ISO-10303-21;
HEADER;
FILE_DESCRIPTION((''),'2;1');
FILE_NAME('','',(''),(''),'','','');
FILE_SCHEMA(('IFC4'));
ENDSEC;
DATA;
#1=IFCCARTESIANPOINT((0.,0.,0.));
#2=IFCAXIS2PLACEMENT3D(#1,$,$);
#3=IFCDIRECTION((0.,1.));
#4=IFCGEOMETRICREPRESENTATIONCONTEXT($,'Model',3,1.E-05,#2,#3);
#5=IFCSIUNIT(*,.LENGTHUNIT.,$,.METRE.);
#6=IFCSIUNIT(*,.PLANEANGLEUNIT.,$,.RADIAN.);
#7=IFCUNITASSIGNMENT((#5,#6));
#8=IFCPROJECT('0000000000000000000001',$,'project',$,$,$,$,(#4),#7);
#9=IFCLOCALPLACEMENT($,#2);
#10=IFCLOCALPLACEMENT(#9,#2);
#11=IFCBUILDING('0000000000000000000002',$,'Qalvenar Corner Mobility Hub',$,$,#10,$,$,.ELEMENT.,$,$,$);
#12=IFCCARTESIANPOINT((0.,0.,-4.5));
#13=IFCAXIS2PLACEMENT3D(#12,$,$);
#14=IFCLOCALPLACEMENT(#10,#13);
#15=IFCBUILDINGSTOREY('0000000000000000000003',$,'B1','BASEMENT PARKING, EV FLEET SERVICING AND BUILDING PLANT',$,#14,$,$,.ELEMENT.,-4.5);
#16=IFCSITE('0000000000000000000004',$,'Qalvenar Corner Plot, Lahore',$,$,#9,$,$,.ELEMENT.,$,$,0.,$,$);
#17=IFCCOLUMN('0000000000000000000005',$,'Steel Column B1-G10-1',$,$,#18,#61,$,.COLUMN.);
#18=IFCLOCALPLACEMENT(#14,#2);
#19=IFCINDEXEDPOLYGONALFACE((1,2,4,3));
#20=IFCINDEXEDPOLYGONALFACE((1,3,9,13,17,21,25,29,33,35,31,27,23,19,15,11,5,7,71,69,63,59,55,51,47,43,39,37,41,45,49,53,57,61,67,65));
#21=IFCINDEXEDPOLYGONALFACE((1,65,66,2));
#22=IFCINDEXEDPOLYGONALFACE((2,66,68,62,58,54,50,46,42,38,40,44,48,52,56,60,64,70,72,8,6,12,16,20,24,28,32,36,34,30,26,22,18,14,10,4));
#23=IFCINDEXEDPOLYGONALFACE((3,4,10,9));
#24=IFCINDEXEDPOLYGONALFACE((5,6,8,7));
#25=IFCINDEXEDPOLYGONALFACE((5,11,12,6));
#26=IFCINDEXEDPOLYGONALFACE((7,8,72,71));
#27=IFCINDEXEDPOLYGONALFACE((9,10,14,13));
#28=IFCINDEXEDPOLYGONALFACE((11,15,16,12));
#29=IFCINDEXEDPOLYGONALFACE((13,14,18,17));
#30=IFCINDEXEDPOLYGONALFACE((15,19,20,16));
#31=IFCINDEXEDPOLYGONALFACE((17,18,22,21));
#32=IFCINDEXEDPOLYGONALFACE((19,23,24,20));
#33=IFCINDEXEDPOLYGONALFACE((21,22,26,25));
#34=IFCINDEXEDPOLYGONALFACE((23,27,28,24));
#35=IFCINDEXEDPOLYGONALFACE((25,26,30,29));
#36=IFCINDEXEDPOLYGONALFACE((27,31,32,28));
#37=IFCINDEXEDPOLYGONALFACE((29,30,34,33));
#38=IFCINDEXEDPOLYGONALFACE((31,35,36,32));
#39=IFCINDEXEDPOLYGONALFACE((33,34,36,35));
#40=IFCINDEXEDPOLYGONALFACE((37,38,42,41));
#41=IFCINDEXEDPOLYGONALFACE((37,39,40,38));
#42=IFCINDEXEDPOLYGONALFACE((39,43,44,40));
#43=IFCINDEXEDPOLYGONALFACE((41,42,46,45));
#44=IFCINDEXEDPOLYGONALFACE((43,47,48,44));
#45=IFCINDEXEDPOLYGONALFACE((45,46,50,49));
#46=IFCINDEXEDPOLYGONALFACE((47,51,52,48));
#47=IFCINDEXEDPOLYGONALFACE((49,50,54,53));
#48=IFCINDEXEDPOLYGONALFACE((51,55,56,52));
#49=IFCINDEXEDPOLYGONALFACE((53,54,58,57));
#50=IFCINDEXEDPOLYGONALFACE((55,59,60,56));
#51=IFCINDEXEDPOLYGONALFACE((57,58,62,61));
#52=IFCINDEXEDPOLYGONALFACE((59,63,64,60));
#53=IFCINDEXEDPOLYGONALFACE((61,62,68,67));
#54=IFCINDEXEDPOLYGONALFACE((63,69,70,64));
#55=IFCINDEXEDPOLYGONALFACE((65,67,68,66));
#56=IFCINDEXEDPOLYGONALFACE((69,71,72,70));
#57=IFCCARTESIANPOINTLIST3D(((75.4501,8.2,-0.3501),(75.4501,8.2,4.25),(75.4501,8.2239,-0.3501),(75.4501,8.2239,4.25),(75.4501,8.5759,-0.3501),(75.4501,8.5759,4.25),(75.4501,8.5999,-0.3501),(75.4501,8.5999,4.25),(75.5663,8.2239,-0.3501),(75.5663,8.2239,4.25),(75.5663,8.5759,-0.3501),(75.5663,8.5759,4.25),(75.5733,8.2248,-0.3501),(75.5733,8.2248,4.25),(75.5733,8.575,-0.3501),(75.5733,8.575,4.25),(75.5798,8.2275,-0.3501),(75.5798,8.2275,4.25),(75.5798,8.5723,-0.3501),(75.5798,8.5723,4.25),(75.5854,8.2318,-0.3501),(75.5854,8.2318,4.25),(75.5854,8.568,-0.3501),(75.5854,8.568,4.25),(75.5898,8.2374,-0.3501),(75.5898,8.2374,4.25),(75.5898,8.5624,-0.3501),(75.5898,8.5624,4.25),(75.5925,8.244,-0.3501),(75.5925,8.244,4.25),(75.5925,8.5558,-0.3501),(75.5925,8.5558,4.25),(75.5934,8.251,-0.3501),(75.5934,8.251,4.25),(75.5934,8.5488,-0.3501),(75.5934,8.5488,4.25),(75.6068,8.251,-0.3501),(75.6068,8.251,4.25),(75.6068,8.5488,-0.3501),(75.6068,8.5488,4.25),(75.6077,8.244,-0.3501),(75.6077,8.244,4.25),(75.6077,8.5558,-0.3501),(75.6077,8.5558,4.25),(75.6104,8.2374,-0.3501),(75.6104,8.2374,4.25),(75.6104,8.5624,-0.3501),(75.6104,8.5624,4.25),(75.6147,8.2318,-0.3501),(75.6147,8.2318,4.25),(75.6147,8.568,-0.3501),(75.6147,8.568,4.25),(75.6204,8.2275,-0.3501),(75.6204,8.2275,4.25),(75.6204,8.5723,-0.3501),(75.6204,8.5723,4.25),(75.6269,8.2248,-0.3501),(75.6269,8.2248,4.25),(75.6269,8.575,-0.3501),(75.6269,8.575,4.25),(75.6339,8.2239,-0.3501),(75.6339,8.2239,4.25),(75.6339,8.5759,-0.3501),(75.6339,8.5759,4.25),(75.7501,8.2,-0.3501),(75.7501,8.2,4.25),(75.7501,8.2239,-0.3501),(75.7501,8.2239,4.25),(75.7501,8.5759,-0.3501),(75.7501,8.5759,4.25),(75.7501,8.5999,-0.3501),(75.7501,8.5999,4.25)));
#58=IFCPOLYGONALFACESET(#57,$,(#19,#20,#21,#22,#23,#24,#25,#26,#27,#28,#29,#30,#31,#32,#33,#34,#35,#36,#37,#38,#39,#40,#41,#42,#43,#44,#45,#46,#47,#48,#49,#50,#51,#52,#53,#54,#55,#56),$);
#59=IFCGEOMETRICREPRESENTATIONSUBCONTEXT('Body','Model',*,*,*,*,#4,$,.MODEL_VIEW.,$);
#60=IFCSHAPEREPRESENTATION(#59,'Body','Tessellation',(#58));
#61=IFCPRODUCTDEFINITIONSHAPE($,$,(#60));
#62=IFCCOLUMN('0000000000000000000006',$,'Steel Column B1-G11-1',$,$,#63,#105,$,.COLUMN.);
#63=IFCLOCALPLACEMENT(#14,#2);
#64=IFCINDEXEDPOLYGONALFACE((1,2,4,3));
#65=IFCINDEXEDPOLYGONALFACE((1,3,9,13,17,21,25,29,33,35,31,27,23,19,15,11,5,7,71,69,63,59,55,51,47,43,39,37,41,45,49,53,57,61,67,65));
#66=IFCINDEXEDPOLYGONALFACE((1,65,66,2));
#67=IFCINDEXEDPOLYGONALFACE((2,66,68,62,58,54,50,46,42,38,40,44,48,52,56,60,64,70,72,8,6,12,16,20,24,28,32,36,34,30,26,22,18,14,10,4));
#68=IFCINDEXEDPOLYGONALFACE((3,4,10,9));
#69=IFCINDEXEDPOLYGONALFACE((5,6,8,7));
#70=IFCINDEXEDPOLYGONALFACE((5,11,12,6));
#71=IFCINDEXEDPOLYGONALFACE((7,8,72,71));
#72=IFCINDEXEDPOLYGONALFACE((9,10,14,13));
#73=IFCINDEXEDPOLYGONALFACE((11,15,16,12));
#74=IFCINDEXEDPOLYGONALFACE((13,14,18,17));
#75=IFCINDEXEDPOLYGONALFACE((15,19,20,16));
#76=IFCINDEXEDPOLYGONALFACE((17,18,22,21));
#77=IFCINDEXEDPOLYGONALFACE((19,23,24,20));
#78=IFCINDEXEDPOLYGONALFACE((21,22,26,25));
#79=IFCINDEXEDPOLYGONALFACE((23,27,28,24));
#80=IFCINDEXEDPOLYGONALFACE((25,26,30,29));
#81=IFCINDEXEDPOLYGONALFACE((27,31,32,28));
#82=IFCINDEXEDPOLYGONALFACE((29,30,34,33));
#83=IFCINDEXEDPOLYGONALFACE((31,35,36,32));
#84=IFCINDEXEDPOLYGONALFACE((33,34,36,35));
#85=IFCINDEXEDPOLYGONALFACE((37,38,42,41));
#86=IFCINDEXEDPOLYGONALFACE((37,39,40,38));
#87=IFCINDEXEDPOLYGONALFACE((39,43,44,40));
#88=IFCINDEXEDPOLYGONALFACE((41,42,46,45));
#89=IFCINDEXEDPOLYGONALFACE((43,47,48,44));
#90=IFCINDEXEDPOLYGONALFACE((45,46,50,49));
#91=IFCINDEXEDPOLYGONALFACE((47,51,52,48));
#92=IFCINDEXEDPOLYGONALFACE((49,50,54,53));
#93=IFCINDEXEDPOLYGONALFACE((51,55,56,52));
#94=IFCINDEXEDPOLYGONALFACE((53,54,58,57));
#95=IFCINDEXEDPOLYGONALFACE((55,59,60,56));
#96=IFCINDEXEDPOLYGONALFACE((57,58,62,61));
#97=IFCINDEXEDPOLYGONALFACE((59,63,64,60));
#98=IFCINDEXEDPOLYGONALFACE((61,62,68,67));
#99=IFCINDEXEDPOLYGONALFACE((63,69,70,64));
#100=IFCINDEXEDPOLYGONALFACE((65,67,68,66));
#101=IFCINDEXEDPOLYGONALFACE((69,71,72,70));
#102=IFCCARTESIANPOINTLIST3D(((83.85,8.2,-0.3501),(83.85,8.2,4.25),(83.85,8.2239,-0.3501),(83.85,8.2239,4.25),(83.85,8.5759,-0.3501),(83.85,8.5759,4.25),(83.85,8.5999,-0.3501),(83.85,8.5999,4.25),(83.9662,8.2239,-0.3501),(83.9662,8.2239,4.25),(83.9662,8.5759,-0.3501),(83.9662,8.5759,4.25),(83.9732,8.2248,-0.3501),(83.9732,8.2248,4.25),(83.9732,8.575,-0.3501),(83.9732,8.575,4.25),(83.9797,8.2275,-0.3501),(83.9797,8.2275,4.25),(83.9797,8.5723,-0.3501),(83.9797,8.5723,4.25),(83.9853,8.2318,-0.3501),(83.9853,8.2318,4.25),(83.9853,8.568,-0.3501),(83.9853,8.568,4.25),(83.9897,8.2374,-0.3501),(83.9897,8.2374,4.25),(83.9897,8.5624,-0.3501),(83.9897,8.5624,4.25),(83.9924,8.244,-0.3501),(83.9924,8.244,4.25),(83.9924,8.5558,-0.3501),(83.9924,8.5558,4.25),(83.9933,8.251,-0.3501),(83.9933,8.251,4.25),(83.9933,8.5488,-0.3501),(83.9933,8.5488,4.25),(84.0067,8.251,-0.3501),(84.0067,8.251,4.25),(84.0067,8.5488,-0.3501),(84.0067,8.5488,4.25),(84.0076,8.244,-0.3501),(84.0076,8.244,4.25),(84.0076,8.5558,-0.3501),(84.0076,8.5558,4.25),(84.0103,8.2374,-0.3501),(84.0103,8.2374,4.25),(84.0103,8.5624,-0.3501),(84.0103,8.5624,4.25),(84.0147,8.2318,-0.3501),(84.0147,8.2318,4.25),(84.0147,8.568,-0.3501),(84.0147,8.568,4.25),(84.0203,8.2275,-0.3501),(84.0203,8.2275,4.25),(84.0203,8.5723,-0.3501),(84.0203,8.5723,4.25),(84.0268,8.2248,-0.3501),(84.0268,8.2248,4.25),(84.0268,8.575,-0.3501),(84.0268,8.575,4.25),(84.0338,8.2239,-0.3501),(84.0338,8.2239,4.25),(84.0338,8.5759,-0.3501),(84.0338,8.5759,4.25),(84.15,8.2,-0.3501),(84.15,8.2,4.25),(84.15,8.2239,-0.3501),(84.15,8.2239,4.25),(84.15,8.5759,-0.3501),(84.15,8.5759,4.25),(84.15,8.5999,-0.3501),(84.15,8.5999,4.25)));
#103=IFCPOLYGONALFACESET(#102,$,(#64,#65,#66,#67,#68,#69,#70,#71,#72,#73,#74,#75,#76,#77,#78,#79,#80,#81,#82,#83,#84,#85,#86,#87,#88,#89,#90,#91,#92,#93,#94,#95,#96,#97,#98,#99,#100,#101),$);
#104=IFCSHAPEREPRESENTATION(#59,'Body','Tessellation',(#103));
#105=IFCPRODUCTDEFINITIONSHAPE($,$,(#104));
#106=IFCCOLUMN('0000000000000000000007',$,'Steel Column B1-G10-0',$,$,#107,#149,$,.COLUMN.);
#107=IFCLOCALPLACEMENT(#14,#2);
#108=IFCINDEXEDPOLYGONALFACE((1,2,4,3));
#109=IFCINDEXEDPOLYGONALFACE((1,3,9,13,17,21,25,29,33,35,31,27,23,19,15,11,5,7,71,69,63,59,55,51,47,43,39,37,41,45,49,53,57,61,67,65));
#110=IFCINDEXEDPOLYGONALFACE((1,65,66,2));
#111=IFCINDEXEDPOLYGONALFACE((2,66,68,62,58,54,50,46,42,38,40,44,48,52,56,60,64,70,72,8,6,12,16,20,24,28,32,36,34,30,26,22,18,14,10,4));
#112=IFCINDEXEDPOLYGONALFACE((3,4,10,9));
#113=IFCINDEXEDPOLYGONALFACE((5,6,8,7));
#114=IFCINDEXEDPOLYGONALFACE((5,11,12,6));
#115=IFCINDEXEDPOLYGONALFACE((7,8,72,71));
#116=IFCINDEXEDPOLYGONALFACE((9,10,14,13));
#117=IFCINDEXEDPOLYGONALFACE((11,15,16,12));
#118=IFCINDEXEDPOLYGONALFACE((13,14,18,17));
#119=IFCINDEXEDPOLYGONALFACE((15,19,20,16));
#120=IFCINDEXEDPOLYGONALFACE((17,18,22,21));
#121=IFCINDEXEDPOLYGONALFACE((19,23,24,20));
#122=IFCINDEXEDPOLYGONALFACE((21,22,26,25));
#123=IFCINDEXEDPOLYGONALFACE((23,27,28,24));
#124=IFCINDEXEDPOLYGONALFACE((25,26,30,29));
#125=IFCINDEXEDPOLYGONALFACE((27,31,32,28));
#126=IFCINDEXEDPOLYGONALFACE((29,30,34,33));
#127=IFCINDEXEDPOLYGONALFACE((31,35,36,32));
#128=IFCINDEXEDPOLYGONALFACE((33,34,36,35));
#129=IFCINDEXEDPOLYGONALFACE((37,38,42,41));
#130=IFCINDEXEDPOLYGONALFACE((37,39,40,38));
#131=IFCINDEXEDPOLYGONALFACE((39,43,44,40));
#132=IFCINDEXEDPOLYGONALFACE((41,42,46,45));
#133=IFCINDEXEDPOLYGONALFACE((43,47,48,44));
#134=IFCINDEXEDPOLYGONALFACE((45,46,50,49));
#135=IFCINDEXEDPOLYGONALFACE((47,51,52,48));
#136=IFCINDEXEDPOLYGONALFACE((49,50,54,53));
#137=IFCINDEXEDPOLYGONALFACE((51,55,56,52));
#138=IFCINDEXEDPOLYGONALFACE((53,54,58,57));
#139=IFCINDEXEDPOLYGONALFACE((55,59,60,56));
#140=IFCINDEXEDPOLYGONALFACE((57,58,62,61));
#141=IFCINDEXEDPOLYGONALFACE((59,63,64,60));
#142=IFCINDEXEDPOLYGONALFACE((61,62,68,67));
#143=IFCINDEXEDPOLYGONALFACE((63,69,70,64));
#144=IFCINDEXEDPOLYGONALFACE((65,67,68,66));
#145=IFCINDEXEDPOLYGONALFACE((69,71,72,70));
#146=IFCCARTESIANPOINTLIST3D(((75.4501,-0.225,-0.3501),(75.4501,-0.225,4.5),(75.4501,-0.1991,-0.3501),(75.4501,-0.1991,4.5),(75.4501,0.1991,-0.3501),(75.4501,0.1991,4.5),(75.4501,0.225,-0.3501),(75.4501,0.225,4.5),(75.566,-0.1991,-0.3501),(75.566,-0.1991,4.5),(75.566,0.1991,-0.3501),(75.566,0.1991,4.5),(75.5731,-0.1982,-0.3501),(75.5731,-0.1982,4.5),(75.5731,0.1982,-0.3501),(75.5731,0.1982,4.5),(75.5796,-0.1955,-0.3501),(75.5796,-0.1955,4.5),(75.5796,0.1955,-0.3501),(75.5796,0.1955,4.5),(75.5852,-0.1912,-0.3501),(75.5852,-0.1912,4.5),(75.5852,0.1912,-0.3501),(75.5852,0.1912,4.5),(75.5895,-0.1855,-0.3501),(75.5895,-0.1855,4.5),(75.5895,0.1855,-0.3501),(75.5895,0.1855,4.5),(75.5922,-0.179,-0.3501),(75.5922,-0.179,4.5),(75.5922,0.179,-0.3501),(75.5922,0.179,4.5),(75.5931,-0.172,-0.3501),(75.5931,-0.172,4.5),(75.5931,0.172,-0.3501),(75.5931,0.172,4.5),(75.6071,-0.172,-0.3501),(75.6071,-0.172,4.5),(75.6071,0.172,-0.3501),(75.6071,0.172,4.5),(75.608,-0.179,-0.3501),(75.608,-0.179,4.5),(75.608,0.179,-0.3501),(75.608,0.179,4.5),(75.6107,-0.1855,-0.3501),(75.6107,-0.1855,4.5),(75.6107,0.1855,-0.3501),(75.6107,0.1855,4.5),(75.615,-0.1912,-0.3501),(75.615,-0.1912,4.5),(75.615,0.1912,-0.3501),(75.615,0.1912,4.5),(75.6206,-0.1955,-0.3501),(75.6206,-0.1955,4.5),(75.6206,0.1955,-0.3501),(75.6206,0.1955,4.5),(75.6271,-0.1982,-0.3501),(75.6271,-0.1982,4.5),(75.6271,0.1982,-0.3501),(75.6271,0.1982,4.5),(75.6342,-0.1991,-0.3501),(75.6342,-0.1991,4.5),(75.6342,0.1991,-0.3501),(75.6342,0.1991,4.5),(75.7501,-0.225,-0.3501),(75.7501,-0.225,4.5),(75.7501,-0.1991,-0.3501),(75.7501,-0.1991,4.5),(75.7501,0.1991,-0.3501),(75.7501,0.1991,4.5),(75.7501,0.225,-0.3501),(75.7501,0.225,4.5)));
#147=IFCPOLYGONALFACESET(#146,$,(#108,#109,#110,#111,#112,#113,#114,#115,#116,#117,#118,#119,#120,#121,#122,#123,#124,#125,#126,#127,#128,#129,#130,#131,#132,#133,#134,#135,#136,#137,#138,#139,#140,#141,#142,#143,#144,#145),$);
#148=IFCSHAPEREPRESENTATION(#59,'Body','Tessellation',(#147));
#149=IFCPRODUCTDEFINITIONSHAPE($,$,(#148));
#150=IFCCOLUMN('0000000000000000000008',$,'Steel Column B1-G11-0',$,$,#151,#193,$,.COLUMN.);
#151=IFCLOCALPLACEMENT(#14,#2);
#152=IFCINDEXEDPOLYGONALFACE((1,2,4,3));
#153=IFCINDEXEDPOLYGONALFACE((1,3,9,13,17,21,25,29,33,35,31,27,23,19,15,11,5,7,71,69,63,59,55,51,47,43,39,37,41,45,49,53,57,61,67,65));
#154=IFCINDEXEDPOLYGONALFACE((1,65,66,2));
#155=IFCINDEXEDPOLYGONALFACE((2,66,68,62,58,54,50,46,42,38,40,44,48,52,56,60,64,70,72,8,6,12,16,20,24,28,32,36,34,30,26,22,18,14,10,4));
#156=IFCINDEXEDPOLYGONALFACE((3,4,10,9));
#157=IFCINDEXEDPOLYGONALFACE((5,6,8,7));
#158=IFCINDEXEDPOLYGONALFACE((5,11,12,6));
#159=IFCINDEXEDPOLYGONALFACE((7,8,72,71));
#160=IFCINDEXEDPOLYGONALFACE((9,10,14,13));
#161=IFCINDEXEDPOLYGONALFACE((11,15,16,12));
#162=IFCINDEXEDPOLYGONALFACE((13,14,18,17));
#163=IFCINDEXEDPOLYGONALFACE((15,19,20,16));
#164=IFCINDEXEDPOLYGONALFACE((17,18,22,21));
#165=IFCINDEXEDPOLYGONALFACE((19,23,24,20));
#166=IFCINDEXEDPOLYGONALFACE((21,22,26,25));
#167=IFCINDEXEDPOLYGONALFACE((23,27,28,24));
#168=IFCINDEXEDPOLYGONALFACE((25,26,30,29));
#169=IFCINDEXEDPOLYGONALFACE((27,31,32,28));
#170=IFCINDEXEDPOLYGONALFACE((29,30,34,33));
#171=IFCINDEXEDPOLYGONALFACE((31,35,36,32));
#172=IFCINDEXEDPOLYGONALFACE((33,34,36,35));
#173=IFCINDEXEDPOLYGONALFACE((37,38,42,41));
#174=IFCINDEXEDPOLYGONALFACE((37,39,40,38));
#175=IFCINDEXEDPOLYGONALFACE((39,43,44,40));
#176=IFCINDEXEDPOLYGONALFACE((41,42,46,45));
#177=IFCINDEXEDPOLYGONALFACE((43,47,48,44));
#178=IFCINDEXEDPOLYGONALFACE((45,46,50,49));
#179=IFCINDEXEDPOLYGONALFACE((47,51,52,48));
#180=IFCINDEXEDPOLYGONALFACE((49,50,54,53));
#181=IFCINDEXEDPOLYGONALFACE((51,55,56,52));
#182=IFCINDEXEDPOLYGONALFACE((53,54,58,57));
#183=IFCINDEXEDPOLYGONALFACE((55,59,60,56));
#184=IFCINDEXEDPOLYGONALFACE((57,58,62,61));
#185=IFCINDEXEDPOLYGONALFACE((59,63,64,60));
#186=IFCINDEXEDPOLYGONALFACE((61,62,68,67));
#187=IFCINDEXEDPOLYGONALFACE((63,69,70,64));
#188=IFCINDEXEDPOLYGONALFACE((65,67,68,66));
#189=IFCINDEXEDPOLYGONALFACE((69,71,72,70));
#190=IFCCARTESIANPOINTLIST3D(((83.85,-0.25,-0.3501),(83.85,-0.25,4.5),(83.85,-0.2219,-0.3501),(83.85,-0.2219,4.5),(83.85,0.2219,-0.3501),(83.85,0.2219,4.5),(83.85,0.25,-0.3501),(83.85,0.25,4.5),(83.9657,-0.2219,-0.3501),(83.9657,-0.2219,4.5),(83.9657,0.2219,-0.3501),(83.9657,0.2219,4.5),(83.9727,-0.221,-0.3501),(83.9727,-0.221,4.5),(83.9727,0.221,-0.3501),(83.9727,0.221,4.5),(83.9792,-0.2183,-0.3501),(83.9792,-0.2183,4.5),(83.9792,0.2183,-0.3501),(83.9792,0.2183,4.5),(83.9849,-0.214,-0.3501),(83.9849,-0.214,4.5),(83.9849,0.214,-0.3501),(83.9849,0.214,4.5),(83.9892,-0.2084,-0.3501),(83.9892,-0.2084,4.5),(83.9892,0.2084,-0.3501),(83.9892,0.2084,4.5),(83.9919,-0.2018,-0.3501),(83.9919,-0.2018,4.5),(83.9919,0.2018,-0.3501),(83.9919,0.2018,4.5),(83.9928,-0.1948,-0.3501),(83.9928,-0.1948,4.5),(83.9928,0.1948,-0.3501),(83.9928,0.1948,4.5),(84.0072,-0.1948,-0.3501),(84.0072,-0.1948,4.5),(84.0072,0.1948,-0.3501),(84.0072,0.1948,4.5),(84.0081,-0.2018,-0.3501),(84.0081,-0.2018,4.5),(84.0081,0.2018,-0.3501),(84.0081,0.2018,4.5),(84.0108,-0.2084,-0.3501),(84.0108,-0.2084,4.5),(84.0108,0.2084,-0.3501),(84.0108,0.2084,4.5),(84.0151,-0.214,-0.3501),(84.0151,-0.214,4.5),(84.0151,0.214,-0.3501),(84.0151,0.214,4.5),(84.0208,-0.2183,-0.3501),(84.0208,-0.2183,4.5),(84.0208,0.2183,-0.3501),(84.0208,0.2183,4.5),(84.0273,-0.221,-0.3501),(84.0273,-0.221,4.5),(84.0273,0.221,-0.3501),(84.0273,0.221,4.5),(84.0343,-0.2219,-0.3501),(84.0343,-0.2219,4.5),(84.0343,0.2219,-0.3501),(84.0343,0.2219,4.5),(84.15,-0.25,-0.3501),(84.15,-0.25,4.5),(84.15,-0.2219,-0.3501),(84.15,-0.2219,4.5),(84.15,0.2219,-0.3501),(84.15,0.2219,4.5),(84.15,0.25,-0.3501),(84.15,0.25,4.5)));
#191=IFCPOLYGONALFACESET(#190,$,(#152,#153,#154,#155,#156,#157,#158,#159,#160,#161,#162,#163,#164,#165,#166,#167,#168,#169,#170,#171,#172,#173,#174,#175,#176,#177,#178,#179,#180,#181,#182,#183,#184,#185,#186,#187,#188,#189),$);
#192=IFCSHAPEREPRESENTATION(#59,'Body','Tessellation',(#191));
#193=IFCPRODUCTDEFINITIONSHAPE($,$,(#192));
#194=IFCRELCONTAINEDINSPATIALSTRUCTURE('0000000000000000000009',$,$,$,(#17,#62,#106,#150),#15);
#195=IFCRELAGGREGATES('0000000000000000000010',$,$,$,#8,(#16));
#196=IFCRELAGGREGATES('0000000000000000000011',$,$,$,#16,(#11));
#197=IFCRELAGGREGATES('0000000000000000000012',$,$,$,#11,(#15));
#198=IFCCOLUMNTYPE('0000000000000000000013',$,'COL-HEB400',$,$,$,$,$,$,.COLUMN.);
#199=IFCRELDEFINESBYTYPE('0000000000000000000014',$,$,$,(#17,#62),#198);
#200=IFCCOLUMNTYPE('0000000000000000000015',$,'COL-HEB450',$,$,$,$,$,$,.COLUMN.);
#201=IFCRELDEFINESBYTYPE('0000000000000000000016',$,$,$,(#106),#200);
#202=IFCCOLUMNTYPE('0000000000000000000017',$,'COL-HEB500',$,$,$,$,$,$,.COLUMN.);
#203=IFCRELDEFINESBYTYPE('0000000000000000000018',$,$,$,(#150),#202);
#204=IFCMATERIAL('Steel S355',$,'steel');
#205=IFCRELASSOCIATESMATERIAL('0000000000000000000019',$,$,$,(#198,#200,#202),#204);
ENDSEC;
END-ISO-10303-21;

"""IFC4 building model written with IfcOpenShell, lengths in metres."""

from ifc_helpers import new_model, si_unit, direction, frame, origin, origin_2d, place, context, subcontext, project, spatial, i_section, extrude, material, material_profile, profile_set, type_object, element, save


model = new_model("IFC4")

# Units and contexts
model_context = context("Model", 3, precision=1e-05, world=origin(), true_north=direction((0.0, 1.0)))
body_context = subcontext(model_context, "Body", "Model", "MODEL_VIEW")
ifc_project = project(units=[si_unit("LENGTHUNIT", "METRE"), si_unit("PLANEANGLEUNIT", "RADIAN")], contexts=[model_context])

# Site, building, storey
site_placement = place(None, origin())
site = spatial("IfcSite", under=ifc_project, at=site_placement, Name="Qalvenar Corner Plot, Lahore", CompositionType="ELEMENT", RefElevation=0.0)
building_placement = place(site_placement, origin())
building = spatial("IfcBuilding", under=site, at=building_placement, Name="Qalvenar Corner Mobility Hub", CompositionType="ELEMENT")
storey_placement = place(building_placement, frame((0.0, 0.0, -4.5)))
storey = spatial("IfcBuildingStorey", under=building, at=storey_placement, Name="B1", Description="BASEMENT PARKING, EV FLEET SERVICING AND BUILDING PLANT", CompositionType="ELEMENT", Elevation=-4.5)

# Columns
ifc_material_1 = material(Name="Steel S355", Category="steel")
ifc_material_profile_1 = material_profile(ifc_material_1, i_section(OverallWidth=0.3, OverallDepth=0.3999, WebThickness=0.0134, FlangeThickness=0.0239, FilletRadius=0.0271, at=origin_2d()), Name="HEB400")
ifc_profile_set_1 = profile_set([ifc_material_profile_1], Name="Steel S355")
column_type_1 = type_object("IfcColumnType", Name="COL-HEB400", PredefinedType="COLUMN", material=ifc_profile_set_1)
for number, where, z_axis, x_axis, name in (
    (1, (75.6001, 8.3999, -0.3501), (0.0, 0.0, 1.0), (1.0, 0.0, 0.0), "Steel Column B1-G10-1"),
    (2, (84.0, 8.3999, -0.3501), (0.0, 0.0, 1.0), (1.0, 0.0, 0.0), "Steel Column B1-G11-1"),
):
    element("IfcColumn", number, at=place(storey_placement, frame(where, z_axis=z_axis, x_axis=x_axis)), inside=storey, type_object=column_type_1, Name=name, PredefinedType="COLUMN", context=body_context, shape_type="SweptSolid", body=[
        extrude(i_section(OverallWidth=0.3, OverallDepth=0.3999, WebThickness=0.0134, FlangeThickness=0.0239, FilletRadius=0.0271, at=origin_2d()), origin(), (0.0, 0.0, 1.0), 4.6001),
    ])
ifc_material_profile_2 = material_profile(ifc_material_1, i_section(OverallWidth=0.3, OverallDepth=0.45, WebThickness=0.0139, FlangeThickness=0.0259, FilletRadius=0.0271, at=origin_2d()), Name="HEB450")
ifc_profile_set_2 = profile_set([ifc_material_profile_2], Name="Steel S355")
column_type_2 = type_object("IfcColumnType", Name="COL-HEB450", PredefinedType="COLUMN", material=ifc_profile_set_2)
column_1_placement = place(storey_placement, frame((75.6001, 0.0, -0.3501), z_axis=(0.0, 0.0, 1.0), x_axis=(1.0, 0.0, 0.0)))
element("IfcColumn", 3, at=column_1_placement, inside=storey, type_object=column_type_2, Name="Steel Column B1-G10-0", PredefinedType="COLUMN", context=body_context, shape_type="SweptSolid", body=[
    extrude(i_section(OverallWidth=0.3, OverallDepth=0.45, WebThickness=0.0139, FlangeThickness=0.0259, FilletRadius=0.0271, at=origin_2d()), origin(), (0.0, 0.0, 1.0), 4.8501),
])
ifc_material_profile_3 = material_profile(ifc_material_1, i_section(OverallWidth=0.3, OverallDepth=0.5, WebThickness=0.0144, FlangeThickness=0.0281, FilletRadius=0.0271, at=origin_2d()), Name="HEB500")
ifc_profile_set_3 = profile_set([ifc_material_profile_3], Name="Steel S355")
column_type_3 = type_object("IfcColumnType", Name="COL-HEB500", PredefinedType="COLUMN", material=ifc_profile_set_3)
column_2_placement = place(storey_placement, frame((84.0, 0.0, -0.3501), z_axis=(0.0, 0.0, 1.0), x_axis=(1.0, 0.0, 0.0)))
element("IfcColumn", 4, at=column_2_placement, inside=storey, type_object=column_type_3, Name="Steel Column B1-G11-0", PredefinedType="COLUMN", context=body_context, shape_type="SweptSolid", body=[
    extrude(i_section(OverallWidth=0.3, OverallDepth=0.5, WebThickness=0.0144, FlangeThickness=0.0281, FilletRadius=0.0271, at=origin_2d()), origin(), (0.0, 0.0, 1.0), 4.8501),
])

save(model, "model.ifc")
